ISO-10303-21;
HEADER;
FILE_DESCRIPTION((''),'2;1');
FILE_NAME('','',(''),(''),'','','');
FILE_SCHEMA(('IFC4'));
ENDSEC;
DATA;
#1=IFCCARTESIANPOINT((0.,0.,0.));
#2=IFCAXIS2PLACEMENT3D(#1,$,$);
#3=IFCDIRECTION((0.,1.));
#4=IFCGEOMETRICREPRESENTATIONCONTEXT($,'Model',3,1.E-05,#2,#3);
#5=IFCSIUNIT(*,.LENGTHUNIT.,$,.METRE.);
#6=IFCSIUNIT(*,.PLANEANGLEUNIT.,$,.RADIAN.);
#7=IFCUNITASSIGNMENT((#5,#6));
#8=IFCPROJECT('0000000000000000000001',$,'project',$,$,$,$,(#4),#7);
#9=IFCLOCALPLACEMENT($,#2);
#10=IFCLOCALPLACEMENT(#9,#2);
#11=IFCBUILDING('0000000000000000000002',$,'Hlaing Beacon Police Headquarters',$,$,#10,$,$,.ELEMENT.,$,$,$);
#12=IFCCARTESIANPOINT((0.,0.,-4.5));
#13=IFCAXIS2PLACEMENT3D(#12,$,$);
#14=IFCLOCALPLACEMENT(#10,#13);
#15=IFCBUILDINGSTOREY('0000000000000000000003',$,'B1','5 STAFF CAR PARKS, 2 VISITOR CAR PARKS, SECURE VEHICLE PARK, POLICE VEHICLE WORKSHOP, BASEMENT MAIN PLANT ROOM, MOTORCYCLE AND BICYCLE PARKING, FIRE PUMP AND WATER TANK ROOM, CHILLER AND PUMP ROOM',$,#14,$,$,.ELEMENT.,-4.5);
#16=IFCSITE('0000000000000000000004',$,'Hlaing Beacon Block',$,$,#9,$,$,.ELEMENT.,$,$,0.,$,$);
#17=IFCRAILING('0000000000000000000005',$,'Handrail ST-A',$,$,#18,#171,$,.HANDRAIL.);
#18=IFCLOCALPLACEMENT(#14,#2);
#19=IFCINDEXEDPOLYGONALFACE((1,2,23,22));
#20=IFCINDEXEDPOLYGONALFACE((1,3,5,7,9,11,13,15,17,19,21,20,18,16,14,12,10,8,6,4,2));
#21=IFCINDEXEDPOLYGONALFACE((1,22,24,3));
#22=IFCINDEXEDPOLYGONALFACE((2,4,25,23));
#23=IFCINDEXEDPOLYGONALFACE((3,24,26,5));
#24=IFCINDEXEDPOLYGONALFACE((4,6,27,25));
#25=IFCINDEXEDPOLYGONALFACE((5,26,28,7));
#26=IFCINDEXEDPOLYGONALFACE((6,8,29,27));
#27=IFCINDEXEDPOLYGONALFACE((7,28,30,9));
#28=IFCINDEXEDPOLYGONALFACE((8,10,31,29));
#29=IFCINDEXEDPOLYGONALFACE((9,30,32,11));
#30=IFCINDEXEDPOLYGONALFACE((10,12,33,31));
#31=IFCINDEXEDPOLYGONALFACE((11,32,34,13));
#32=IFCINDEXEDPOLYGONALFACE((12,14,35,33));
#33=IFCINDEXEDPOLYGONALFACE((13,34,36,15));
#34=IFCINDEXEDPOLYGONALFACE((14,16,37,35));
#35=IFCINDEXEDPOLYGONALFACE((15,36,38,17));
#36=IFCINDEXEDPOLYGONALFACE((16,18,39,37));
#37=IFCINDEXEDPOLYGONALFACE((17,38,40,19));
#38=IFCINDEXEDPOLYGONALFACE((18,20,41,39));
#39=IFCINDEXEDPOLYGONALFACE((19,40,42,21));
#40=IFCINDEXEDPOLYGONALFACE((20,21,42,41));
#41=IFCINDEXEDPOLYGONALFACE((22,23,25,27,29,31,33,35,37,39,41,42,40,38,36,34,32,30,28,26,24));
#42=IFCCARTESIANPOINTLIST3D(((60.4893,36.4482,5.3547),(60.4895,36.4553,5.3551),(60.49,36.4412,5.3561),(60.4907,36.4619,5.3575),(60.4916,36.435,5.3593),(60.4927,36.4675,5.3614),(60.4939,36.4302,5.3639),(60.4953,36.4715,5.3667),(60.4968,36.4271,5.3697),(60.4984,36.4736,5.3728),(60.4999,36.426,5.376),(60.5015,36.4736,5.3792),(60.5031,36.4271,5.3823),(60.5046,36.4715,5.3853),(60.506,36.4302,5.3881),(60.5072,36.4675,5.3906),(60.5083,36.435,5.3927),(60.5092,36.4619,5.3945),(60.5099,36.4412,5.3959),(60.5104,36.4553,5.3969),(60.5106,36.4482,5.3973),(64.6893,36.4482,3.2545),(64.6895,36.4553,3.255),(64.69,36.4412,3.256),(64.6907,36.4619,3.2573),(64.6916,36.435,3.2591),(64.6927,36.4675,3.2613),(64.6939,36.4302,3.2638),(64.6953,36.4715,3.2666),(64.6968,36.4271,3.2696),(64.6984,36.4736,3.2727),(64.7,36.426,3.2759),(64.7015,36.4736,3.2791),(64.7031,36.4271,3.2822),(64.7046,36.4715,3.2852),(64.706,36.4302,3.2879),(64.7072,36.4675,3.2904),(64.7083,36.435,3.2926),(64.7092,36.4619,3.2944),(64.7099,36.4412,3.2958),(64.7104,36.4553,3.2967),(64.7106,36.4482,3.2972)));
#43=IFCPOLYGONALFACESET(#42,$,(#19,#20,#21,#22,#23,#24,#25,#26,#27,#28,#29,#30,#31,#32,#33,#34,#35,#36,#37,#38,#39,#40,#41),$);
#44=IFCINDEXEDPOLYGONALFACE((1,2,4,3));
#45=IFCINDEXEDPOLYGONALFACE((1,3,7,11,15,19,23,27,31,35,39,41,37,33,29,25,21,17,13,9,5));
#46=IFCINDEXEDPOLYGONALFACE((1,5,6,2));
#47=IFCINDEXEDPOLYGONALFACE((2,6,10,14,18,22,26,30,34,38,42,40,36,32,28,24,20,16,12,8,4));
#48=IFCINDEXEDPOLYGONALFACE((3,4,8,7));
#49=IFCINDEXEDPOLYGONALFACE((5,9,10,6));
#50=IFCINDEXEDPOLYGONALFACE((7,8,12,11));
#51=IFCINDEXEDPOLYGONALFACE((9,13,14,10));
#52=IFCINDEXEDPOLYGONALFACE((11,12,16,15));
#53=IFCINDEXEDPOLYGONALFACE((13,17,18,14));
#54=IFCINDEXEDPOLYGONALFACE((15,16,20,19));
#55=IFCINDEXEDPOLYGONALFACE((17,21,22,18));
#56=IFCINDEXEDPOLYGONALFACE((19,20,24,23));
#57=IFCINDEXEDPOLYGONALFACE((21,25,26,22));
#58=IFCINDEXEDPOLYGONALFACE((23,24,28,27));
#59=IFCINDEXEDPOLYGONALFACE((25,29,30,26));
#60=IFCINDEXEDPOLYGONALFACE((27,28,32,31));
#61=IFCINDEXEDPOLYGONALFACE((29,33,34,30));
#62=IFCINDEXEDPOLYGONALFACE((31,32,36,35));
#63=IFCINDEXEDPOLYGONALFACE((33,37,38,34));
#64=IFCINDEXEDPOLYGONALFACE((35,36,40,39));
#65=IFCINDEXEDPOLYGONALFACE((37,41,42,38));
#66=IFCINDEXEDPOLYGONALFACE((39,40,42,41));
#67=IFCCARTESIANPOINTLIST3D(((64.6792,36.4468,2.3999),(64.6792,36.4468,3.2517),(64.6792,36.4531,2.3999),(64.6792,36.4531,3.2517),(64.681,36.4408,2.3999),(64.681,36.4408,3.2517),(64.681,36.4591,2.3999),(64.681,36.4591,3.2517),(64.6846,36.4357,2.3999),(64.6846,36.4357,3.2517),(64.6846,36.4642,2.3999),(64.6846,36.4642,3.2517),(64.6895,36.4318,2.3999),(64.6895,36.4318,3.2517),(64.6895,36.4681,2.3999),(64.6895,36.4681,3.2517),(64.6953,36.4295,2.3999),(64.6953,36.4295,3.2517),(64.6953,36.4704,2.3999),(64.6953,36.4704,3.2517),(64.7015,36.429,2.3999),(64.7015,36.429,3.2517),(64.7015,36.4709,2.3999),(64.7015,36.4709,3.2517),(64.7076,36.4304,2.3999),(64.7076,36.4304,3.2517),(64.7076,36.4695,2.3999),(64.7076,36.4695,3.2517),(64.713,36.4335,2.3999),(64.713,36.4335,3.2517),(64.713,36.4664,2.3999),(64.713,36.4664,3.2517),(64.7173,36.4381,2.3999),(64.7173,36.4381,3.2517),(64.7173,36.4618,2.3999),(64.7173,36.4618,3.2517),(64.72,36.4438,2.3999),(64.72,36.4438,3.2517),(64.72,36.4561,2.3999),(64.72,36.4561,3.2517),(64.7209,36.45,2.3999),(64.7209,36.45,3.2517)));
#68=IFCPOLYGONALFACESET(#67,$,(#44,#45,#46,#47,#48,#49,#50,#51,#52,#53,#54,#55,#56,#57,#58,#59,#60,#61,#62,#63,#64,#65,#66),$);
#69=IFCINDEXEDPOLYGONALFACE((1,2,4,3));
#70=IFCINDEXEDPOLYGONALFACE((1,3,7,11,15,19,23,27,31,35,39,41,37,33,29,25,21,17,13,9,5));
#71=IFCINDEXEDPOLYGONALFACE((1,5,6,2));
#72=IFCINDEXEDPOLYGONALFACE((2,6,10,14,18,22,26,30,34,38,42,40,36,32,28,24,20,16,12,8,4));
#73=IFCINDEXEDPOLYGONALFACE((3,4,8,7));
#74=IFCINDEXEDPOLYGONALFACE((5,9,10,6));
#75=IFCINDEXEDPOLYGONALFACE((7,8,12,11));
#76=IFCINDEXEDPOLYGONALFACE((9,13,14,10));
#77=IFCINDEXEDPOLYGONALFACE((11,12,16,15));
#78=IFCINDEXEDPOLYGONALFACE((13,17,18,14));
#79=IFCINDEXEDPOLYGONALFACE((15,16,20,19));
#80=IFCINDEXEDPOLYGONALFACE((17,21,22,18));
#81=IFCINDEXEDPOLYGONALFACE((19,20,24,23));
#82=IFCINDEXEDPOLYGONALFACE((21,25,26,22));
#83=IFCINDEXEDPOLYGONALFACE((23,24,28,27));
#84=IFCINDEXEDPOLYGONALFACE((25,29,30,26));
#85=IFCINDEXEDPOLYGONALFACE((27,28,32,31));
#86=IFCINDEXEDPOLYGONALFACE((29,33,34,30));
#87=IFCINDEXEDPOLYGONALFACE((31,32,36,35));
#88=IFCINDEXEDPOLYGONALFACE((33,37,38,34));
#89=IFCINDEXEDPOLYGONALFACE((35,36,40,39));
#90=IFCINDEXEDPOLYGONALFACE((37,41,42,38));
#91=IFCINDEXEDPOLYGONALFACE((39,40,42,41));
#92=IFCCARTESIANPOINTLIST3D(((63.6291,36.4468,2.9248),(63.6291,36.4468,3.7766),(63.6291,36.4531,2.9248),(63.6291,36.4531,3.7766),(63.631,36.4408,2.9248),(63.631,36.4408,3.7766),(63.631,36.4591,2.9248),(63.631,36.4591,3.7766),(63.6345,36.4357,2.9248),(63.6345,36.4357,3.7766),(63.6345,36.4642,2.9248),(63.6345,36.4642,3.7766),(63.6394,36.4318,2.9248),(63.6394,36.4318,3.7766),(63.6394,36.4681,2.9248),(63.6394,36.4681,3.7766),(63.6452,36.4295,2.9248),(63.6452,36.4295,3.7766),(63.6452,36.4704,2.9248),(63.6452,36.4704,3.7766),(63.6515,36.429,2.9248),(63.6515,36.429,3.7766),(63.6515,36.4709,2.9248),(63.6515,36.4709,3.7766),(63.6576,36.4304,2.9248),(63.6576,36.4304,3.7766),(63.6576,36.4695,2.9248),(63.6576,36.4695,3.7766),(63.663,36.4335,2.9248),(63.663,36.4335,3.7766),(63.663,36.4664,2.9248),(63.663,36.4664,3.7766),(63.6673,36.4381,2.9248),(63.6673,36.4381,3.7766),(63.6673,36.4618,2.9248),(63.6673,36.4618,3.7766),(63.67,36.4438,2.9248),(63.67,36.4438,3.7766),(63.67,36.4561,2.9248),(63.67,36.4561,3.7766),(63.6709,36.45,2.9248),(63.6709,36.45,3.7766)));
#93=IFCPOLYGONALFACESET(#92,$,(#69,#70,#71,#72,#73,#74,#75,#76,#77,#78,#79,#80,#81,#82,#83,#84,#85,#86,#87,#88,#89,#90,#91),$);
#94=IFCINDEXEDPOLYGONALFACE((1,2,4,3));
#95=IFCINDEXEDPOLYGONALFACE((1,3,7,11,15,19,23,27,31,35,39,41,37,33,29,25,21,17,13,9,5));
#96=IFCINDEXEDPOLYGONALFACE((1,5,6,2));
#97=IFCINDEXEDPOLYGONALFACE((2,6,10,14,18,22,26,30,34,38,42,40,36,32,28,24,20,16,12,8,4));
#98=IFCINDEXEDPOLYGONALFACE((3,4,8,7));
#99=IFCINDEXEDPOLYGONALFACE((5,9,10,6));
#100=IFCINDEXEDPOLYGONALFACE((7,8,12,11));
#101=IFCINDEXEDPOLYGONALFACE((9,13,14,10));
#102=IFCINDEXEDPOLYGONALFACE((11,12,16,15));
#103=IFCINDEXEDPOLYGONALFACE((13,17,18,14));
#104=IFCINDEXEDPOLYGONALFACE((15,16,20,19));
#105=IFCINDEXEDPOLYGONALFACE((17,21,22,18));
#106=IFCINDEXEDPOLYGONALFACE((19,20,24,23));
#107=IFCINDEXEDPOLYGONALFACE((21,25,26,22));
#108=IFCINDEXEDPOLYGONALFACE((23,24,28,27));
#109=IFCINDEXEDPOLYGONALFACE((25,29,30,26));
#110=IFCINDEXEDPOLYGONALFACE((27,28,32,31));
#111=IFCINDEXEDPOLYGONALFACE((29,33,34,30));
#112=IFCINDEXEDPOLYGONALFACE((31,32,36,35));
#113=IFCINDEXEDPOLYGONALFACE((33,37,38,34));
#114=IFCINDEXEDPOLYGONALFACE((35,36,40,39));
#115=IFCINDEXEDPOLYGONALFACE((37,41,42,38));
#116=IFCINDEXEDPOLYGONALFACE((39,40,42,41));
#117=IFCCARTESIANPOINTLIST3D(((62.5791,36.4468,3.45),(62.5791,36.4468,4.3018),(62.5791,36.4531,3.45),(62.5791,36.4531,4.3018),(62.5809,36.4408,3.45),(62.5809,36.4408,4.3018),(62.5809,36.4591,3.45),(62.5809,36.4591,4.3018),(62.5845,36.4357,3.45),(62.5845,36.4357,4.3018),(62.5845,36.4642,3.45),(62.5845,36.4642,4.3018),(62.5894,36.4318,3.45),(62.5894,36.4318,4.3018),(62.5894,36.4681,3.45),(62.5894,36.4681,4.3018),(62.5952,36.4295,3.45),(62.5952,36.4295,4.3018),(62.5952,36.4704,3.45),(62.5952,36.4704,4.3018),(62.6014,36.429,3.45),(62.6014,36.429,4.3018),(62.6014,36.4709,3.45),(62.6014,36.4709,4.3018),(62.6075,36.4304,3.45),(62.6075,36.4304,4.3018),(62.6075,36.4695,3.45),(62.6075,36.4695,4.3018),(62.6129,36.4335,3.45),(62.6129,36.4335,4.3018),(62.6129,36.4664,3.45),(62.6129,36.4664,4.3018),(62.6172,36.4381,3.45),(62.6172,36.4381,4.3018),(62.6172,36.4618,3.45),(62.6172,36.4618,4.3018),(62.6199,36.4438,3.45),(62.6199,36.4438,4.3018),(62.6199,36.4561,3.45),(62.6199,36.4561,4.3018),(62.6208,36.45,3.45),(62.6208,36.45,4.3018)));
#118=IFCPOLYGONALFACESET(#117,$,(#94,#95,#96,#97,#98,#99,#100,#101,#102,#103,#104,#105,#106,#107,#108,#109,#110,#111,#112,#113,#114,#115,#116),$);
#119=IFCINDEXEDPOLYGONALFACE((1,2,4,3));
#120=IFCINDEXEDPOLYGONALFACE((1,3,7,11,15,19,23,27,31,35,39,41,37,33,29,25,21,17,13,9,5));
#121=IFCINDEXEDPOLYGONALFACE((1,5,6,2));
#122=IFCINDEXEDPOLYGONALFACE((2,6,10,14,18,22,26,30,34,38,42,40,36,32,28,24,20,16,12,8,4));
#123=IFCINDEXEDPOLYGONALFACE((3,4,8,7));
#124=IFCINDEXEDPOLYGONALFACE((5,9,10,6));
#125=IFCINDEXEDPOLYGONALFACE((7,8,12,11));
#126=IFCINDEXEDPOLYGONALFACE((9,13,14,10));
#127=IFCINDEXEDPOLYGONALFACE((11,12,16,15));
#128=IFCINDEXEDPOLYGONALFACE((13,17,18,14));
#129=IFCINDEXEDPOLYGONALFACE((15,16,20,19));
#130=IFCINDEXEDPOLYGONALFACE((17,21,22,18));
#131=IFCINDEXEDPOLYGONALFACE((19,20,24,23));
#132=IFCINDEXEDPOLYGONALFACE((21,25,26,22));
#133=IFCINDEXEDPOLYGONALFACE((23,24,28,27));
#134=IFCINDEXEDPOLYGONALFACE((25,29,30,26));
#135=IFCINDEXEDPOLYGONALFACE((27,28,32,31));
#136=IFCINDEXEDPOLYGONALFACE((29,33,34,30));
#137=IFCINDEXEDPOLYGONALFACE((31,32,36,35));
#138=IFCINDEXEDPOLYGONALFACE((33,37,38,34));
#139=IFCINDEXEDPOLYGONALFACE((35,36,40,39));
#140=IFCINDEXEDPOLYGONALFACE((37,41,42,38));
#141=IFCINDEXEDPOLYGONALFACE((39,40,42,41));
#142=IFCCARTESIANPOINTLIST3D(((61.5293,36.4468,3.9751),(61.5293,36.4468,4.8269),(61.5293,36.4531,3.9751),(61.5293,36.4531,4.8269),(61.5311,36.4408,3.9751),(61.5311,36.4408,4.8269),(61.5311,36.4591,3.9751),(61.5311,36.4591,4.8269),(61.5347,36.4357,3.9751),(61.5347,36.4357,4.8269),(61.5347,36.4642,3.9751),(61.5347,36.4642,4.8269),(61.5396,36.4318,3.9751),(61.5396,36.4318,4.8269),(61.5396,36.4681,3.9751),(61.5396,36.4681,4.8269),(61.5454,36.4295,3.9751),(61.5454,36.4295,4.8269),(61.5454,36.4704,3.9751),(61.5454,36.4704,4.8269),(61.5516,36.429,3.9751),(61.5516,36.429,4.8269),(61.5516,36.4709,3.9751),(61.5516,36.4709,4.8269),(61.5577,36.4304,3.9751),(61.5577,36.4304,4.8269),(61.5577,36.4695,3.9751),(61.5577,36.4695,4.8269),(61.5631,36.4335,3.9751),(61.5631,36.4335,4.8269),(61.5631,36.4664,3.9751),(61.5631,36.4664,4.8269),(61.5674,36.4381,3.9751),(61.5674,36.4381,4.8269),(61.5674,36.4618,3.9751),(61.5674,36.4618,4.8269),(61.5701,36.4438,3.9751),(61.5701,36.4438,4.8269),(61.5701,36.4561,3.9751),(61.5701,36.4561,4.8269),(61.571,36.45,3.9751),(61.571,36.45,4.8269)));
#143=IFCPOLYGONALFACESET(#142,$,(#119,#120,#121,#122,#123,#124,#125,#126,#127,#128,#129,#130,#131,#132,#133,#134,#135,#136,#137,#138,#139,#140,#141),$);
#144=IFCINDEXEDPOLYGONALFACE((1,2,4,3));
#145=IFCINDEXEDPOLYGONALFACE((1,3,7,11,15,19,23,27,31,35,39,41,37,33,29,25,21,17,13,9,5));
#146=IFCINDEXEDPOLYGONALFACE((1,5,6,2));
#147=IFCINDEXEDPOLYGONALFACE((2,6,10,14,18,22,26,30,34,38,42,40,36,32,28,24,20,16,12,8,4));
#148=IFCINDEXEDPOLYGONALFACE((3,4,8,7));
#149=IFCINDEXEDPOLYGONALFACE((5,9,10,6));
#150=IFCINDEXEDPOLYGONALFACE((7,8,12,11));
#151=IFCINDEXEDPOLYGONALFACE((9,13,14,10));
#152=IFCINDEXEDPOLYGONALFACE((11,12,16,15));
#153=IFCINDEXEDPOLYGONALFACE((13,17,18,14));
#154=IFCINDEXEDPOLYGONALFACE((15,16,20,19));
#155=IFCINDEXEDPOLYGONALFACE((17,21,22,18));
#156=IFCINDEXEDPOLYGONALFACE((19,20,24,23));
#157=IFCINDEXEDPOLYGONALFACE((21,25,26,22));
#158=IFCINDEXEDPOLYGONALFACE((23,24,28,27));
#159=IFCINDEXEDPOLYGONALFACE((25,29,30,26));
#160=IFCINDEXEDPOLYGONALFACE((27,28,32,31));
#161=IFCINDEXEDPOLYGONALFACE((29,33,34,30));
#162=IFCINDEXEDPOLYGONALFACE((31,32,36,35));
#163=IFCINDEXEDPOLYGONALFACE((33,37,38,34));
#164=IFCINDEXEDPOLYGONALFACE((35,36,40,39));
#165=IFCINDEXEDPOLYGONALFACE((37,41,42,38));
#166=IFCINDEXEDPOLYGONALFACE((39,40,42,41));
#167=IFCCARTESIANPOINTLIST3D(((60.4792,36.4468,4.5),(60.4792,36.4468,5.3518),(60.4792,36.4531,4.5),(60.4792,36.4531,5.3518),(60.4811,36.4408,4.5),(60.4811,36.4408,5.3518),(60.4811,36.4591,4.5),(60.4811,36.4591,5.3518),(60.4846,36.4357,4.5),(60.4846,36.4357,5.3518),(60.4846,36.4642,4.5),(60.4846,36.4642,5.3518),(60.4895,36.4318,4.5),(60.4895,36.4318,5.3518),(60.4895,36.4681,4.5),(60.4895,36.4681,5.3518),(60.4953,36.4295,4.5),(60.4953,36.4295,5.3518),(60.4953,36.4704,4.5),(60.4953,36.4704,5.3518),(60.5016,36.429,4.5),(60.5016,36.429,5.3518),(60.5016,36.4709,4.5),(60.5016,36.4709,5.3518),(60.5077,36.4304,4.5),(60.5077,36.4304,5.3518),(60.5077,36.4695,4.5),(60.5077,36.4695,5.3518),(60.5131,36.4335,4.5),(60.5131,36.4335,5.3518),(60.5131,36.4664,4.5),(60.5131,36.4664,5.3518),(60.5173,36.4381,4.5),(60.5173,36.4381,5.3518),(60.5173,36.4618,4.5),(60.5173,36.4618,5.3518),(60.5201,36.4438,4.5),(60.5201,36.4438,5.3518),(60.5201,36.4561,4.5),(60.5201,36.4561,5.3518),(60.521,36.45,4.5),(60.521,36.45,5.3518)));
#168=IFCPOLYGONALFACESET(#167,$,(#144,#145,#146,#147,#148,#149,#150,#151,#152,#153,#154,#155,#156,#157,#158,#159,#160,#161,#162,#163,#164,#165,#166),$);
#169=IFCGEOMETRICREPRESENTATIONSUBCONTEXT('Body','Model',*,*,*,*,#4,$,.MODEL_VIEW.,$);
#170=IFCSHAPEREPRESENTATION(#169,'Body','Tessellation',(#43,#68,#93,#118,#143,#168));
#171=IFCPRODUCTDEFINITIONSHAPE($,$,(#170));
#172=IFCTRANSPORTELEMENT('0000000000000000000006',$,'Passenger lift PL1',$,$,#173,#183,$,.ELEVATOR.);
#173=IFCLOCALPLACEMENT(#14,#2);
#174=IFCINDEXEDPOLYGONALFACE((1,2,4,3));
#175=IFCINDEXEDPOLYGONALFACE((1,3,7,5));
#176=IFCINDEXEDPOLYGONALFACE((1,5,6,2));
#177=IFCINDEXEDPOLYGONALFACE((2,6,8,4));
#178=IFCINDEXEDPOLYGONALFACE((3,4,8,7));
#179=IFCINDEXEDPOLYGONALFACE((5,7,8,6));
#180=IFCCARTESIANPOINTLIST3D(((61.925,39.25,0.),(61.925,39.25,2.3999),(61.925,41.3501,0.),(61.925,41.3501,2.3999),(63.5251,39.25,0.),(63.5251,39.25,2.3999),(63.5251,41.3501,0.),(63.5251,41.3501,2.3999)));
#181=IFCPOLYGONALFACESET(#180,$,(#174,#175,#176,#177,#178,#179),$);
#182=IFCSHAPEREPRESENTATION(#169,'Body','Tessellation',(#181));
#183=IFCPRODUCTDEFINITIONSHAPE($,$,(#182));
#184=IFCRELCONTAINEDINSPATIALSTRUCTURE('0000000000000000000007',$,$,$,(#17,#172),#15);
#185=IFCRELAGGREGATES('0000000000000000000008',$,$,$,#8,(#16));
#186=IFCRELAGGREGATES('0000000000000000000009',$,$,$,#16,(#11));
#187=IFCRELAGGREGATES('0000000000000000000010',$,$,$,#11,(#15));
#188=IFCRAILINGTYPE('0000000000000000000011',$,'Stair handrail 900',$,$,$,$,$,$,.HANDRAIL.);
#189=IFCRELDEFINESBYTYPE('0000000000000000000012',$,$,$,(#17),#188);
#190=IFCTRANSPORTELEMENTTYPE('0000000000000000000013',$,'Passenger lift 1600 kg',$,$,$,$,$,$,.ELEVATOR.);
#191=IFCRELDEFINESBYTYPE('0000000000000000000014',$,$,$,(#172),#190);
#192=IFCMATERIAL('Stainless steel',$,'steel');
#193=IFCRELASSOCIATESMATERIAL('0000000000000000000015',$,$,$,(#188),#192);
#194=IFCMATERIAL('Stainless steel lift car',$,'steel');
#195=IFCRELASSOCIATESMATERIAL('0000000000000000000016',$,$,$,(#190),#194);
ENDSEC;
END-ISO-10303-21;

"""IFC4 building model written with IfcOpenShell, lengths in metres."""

from ifc_helpers import new_model, si_unit, direction, frame, origin, origin_2d, place, context, subcontext, project, spatial, rectangle, circle, extrude, material, type_object, element, save


model = new_model("IFC4")

# Units and contexts
model_context = context("Model", 3, precision=1e-05, world=origin(), true_north=direction((0.0, 1.0)))
body_context = subcontext(model_context, "Body", "Model", "MODEL_VIEW")
ifc_project = project(units=[si_unit("LENGTHUNIT", "METRE"), si_unit("PLANEANGLEUNIT", "RADIAN")], contexts=[model_context])

# Site, building, storey
site_placement = place(None, origin())
site = spatial("IfcSite", under=ifc_project, at=site_placement, Name="Hlaing Beacon Block", CompositionType="ELEMENT", RefElevation=0.0)
building_placement = place(site_placement, origin())
building = spatial("IfcBuilding", under=site, at=building_placement, Name="Hlaing Beacon Police Headquarters", CompositionType="ELEMENT")
storey_placement = place(building_placement, frame((0.0, 0.0, -4.5)))
storey = spatial("IfcBuildingStorey", under=building, at=storey_placement, Name="B1", Description="5 STAFF CAR PARKS, 2 VISITOR CAR PARKS, SECURE VEHICLE PARK, POLICE VEHICLE WORKSHOP, BASEMENT MAIN PLANT ROOM, MOTORCYCLE AND BICYCLE PARKING, FIRE PUMP AND WATER TANK ROOM, CHILLER AND PUMP ROOM", CompositionType="ELEMENT", Elevation=-4.5)

# Railing
ifc_material_1 = material(Name="Stainless steel", Category="steel")
railing_type = type_object("IfcRailingType", Name="Stair handrail 900", PredefinedType="HANDRAIL", material=ifc_material_1)
for number, where, name in (
    (1, (64.7, 36.45, 2.3999), "Handrail ST-A"),
):
    element("IfcRailing", number, at=place(storey_placement, frame(where)), inside=storey, type_object=railing_type, Name=name, PredefinedType="HANDRAIL", context=body_context, shape_type="SweptSolid", body=[
        extrude(circle(Radius=0.0239, at=origin_2d()), frame((0.0, 0.0, 0.876), z_axis=(-0.894417, 0.0, 0.447234), x_axis=(0.0, -1.0, 0.0)), (0.0, 0.0, 1.0), 4.6958),
        extrude(circle(Radius=0.021, at=origin_2d()), origin(), (0.0, 0.0, 1.0), 0.8518),
        extrude(circle(Radius=0.021, at=origin_2d()), frame((-1.05, 0.0, 0.5249)), (0.0, 0.0, 1.0), 0.8518),
        extrude(circle(Radius=0.021, at=origin_2d()), frame((-2.1001, 0.0, 1.05)), (0.0, 0.0, 1.0), 0.8518),
        extrude(circle(Radius=0.021, at=origin_2d()), frame((-3.1499, 0.0, 1.5752)), (0.0, 0.0, 1.0), 0.8518),
        extrude(circle(Radius=0.021, at=origin_2d()), frame((-4.2, 0.0, 2.1001)), (0.0, 0.0, 1.0), 0.8518),
    ])

# Transport element
ifc_material_2 = material(Name="Stainless steel lift car", Category="steel")
transport_element_type = type_object("IfcTransportElementType", Name="Passenger lift 1600 kg", PredefinedType="ELEVATOR", material=ifc_material_2)
transport_element_placement = place(storey_placement, frame((62.7251, 40.3, 0.0), z_axis=(0.0, 0.0, 1.0), x_axis=(1.0, 0.0, 0.0)))
element("IfcTransportElement", 2, at=transport_element_placement, inside=storey, type_object=transport_element_type, Name="Passenger lift PL1", PredefinedType="ELEVATOR", context=body_context, shape_type="SweptSolid", body=[
    extrude(rectangle(XDim=1.6001, YDim=2.1001, at=origin_2d()), origin(), (0.0, 0.0, 1.0), 2.3999),
])

save(model, "model.ifc")
